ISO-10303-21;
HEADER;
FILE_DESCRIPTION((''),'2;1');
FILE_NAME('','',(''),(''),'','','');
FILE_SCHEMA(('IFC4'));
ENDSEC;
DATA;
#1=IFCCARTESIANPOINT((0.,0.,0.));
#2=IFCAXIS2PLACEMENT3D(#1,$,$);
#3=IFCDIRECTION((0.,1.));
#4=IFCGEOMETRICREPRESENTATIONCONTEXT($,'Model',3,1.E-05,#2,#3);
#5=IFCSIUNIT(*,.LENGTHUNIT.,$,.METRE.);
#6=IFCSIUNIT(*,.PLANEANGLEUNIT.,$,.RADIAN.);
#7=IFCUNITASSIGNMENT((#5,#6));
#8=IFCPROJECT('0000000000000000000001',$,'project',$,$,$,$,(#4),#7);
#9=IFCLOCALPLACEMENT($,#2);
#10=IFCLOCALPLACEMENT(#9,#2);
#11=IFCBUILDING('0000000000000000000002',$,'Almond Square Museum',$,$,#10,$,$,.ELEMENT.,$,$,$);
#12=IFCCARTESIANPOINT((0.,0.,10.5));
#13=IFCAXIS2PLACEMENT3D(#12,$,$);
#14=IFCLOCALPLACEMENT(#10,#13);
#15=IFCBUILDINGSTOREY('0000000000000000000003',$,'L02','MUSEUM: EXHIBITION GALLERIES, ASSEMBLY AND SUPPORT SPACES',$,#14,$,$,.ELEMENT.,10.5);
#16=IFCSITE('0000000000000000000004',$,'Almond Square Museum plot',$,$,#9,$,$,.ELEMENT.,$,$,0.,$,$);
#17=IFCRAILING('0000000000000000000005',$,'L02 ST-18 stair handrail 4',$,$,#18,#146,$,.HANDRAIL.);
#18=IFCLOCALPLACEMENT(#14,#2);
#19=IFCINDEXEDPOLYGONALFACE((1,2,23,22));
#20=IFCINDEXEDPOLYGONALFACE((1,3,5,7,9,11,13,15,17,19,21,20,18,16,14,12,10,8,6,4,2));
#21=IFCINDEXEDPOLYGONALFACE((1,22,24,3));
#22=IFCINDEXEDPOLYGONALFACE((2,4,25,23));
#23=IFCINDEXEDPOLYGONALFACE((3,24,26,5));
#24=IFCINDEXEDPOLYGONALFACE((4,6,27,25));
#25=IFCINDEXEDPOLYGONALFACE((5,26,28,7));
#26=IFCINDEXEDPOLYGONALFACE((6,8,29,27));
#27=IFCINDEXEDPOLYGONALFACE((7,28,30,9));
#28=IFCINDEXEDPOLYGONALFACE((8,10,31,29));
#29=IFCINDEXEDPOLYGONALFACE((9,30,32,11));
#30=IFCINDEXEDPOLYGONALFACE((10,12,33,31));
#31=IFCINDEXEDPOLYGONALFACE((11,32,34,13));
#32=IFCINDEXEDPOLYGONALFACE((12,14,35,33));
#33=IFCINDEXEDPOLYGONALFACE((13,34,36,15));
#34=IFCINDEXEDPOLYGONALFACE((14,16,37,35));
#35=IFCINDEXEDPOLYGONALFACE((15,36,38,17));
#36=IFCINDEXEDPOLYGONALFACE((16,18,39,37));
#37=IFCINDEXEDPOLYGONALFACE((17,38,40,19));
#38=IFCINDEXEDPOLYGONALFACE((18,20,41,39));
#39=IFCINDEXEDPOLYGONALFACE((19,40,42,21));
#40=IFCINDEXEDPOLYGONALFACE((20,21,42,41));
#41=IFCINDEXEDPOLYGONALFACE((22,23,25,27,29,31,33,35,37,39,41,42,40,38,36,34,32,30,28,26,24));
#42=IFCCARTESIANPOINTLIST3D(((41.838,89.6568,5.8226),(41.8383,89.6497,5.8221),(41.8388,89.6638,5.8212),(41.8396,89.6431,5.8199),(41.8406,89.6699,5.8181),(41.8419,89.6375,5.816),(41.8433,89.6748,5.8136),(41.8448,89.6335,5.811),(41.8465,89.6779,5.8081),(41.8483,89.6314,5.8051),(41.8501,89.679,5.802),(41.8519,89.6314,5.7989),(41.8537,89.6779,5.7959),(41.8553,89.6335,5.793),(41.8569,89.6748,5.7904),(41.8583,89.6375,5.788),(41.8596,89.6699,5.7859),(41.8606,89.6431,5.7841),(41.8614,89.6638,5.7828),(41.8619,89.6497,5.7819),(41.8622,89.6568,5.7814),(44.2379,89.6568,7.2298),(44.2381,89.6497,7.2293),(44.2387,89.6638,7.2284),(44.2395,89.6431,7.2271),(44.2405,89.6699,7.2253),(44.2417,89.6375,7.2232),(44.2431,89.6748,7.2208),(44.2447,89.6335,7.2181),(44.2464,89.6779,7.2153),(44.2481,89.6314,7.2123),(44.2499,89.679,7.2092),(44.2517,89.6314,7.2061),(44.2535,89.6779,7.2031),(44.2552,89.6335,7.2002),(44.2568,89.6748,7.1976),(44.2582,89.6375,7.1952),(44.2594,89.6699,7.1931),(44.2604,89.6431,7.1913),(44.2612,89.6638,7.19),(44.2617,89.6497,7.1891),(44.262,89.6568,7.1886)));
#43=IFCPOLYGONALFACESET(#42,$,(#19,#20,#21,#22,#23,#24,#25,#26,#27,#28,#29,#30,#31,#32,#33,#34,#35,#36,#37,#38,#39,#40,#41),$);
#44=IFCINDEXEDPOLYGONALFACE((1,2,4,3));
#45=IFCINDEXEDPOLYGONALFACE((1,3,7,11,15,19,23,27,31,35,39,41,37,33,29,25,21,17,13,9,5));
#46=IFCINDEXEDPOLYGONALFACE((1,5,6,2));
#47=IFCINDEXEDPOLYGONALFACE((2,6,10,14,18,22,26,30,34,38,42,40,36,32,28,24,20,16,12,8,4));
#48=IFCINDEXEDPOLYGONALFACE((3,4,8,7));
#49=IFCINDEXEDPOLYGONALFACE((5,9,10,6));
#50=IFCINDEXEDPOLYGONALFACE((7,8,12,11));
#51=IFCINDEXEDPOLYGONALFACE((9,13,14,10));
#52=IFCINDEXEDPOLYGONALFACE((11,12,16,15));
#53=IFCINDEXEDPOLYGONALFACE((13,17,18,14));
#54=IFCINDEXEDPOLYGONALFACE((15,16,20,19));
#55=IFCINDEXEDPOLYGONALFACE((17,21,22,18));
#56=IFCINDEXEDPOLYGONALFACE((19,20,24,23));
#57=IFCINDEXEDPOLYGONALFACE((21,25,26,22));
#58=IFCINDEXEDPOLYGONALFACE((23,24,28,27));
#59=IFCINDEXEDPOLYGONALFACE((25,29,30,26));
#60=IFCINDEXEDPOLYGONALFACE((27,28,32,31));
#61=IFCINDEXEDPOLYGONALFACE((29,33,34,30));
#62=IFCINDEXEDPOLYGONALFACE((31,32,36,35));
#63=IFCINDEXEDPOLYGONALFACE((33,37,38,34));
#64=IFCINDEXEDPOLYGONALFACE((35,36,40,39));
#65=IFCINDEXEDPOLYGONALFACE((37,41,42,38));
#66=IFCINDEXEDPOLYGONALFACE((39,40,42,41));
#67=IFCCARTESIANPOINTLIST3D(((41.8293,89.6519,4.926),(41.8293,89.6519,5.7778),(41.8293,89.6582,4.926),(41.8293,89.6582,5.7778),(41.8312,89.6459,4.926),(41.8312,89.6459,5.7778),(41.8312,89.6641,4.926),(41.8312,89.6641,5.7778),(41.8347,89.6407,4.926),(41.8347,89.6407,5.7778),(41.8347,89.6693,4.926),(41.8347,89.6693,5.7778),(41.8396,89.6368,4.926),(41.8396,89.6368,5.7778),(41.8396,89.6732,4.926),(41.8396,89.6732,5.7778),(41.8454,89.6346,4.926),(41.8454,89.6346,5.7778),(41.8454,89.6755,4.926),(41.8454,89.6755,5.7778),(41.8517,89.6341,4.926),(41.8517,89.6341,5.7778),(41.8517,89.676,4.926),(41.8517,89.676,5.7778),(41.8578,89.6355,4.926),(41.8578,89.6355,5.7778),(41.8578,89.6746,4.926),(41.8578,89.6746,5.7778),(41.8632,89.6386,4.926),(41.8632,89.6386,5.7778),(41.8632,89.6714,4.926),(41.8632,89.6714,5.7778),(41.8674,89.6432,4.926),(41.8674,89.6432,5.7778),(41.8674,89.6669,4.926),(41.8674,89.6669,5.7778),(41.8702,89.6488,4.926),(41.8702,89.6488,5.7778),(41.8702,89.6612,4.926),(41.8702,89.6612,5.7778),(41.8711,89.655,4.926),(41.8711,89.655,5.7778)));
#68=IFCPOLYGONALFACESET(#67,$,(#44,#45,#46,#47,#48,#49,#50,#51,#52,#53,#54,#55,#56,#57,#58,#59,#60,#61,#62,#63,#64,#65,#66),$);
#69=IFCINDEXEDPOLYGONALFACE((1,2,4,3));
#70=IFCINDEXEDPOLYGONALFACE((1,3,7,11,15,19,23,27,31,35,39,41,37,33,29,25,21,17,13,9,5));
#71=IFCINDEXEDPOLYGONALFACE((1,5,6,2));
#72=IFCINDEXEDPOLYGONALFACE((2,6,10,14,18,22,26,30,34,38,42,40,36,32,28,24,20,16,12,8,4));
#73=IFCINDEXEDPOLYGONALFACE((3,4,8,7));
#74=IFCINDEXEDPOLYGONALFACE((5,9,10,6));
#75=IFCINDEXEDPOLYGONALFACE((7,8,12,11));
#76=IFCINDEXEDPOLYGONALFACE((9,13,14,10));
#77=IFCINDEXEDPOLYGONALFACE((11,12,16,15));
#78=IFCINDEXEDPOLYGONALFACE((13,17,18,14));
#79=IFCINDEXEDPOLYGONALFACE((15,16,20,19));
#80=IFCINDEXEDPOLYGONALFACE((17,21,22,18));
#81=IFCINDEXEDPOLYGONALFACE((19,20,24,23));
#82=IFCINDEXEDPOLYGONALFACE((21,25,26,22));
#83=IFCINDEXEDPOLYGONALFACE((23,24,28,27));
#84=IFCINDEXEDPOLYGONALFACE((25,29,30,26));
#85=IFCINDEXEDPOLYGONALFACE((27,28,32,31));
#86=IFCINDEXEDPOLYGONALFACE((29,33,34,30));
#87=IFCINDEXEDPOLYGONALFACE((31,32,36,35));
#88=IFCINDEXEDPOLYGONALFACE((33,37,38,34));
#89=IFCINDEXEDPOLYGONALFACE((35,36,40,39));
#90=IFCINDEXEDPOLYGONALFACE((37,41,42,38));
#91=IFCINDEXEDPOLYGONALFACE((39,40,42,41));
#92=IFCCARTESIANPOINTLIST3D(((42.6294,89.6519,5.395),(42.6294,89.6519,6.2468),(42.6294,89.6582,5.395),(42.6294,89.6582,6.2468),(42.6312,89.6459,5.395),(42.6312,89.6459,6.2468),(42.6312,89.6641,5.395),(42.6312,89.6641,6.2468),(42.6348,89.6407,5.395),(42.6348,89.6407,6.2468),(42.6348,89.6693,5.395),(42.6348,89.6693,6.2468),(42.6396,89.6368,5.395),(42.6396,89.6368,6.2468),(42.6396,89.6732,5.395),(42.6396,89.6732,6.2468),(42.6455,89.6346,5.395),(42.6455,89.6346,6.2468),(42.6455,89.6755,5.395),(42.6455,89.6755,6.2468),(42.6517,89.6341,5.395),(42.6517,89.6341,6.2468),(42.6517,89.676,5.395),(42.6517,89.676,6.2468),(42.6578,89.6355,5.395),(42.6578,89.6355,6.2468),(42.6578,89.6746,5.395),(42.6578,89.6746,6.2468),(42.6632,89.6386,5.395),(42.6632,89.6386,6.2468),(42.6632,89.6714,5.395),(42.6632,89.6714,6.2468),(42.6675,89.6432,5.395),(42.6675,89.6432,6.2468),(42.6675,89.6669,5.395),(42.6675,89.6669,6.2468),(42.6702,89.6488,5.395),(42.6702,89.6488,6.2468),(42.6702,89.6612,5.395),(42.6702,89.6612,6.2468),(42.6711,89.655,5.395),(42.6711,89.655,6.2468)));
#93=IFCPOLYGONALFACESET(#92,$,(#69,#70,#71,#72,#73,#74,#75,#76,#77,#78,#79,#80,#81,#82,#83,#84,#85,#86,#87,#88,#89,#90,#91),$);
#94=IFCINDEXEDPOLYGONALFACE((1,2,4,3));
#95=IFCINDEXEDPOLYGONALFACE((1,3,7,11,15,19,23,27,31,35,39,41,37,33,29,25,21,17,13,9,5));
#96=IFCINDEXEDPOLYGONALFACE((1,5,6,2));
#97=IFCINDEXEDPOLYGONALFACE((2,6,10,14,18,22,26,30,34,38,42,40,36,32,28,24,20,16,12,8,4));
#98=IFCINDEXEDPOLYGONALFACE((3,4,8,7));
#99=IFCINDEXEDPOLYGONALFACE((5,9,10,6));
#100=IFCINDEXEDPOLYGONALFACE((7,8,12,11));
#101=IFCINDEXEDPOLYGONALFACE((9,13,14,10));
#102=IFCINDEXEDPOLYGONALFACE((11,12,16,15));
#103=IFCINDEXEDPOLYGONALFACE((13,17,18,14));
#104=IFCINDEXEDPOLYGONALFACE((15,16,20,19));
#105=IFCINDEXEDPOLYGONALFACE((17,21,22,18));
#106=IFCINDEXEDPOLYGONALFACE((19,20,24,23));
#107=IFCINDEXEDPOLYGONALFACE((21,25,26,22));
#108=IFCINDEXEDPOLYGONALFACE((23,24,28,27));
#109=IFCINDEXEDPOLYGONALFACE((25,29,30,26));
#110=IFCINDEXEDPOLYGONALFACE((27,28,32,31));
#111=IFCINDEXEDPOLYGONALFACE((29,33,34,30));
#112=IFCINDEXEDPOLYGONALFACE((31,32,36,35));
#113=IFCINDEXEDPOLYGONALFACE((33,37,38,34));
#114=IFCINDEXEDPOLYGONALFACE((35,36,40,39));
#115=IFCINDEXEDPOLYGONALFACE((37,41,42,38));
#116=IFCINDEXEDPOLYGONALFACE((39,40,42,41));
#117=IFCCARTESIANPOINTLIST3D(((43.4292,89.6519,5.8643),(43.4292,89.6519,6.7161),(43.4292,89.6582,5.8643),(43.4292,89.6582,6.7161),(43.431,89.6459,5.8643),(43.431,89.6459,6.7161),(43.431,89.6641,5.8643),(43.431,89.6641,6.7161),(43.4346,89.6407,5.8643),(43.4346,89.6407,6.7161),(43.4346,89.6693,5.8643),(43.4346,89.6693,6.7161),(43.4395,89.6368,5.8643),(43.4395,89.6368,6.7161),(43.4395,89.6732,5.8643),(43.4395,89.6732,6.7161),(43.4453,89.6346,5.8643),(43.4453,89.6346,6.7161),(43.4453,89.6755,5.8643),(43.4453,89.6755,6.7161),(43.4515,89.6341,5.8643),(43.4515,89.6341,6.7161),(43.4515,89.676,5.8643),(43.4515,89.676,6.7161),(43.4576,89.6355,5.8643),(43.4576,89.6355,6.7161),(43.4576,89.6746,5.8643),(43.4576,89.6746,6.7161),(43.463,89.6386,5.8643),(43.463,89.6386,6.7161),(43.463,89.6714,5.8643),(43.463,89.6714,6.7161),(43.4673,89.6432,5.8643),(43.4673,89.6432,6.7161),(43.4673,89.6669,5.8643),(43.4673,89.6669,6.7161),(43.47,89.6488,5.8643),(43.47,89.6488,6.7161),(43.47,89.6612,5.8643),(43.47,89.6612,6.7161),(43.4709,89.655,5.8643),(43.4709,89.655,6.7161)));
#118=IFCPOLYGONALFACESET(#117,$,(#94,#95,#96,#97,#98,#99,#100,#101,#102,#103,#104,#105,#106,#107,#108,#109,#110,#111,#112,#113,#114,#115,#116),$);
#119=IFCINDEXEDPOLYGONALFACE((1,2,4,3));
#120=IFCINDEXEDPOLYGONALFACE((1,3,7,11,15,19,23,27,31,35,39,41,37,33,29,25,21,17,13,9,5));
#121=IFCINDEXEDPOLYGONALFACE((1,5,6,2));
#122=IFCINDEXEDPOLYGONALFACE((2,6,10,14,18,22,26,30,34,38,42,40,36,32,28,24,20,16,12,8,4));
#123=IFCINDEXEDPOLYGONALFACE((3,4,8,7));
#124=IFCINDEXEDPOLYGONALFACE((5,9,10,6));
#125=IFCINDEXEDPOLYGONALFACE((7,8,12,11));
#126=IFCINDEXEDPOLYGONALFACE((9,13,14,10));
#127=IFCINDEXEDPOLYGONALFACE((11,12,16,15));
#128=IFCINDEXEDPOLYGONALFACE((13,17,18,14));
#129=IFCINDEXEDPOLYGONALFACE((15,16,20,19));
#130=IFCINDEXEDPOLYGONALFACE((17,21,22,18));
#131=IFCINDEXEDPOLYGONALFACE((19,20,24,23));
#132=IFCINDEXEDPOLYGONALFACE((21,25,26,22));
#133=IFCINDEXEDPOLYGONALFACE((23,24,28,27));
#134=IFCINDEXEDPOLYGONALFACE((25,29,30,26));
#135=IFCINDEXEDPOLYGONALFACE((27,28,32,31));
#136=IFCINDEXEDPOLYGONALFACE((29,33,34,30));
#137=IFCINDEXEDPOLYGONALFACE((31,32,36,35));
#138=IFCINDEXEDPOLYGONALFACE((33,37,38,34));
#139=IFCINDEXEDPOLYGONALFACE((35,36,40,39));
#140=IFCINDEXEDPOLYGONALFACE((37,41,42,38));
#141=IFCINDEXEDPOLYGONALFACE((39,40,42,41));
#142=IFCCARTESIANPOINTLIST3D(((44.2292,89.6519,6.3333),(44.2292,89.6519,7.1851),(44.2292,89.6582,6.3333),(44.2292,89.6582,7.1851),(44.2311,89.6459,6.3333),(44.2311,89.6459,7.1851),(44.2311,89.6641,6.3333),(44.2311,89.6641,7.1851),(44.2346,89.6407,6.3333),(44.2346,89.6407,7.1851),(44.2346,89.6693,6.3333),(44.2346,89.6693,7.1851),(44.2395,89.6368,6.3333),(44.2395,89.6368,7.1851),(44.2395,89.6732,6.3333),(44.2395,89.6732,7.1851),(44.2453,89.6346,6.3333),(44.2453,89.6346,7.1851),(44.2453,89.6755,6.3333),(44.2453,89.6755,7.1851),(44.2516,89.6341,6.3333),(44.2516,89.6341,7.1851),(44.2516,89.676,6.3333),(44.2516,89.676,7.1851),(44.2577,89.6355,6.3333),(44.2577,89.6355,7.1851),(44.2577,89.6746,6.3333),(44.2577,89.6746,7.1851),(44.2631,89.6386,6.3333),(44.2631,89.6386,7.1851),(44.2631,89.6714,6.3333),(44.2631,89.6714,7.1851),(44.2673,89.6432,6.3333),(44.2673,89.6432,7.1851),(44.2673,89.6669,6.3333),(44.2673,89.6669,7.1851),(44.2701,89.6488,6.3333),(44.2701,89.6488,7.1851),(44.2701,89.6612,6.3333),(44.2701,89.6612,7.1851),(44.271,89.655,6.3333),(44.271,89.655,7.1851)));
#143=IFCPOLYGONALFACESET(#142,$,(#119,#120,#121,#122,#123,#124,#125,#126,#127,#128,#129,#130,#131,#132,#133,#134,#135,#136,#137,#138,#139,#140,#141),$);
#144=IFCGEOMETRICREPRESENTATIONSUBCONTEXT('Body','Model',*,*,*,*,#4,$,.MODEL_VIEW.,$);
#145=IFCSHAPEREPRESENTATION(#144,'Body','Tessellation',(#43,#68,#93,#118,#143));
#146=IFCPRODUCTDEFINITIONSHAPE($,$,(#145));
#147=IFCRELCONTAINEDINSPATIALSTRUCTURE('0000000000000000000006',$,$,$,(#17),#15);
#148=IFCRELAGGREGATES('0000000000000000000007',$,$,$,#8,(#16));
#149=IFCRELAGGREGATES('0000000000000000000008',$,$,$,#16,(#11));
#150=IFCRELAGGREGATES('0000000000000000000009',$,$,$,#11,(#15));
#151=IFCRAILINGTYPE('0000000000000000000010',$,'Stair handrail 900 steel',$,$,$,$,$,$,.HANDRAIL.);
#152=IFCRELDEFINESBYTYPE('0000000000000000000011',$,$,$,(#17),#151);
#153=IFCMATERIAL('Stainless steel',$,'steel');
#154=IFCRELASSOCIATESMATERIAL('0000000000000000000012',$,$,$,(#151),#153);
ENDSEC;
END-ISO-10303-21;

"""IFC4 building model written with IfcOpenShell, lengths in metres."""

from ifc_helpers import new_model, si_unit, direction, frame, origin, origin_2d, place, context, subcontext, project, spatial, circle, extrude, material, type_object, element, save


model = new_model("IFC4")

# Units and contexts
model_context = context("Model", 3, precision=1e-05, world=origin(), true_north=direction((0.0, 1.0)))
body_context = subcontext(model_context, "Body", "Model", "MODEL_VIEW")
ifc_project = project(units=[si_unit("LENGTHUNIT", "METRE"), si_unit("PLANEANGLEUNIT", "RADIAN")], contexts=[model_context])

# Site, building, storey
site_placement = place(None, origin())
site = spatial("IfcSite", under=ifc_project, at=site_placement, Name="Almond Square Museum plot", CompositionType="ELEMENT", RefElevation=0.0)
building_placement = place(site_placement, origin())
building = spatial("IfcBuilding", under=site, at=building_placement, Name="Almond Square Museum", CompositionType="ELEMENT")
storey_placement = place(building_placement, frame((0.0, 0.0, 10.5)))
storey = spatial("IfcBuildingStorey", under=building, at=storey_placement, Name="L02", Description="MUSEUM: EXHIBITION GALLERIES, ASSEMBLY AND SUPPORT SPACES", CompositionType="ELEMENT", Elevation=10.5)

# Railing
ifc_material_1 = material(Name="Stainless steel", Category="steel")
railing_type_1 = type_object("IfcRailingType", Name="Stair handrail 900 steel", PredefinedType="HANDRAIL", material=ifc_material_1)
railing_1_placement = place(storey_placement, frame((41.8501, 89.655, 4.926)))
element("IfcRailing", 1, at=railing_1_placement, inside=storey, type_object=railing_type_1, Name="L02 ST-18 stair handrail 4", PredefinedType="HANDRAIL", context=body_context, shape_type="SweptSolid", body=[
    extrude(circle(Radius=0.0239, at=origin_2d()), frame((0.0, 0.0, 0.876), z_axis=(0.862637, 0.0, 0.505823), x_axis=(0.0, 1.0, 0.0)), (0.0, 0.0, 1.0), 2.782),
    extrude(circle(Radius=0.021, at=origin_2d()), origin(), (0.0, 0.0, 1.0), 0.8518),
    extrude(circle(Radius=0.021, at=origin_2d()), frame((0.8, 0.0, 0.469)), (0.0, 0.0, 1.0), 0.8518),
    extrude(circle(Radius=0.021, at=origin_2d()), frame((1.5999, 0.0, 0.9382)), (0.0, 0.0, 1.0), 0.8518),
    extrude(circle(Radius=0.021, at=origin_2d()), frame((2.3999, 0.0, 1.4072)), (0.0, 0.0, 1.0), 0.8518),
])

save(model, "model.ifc")
